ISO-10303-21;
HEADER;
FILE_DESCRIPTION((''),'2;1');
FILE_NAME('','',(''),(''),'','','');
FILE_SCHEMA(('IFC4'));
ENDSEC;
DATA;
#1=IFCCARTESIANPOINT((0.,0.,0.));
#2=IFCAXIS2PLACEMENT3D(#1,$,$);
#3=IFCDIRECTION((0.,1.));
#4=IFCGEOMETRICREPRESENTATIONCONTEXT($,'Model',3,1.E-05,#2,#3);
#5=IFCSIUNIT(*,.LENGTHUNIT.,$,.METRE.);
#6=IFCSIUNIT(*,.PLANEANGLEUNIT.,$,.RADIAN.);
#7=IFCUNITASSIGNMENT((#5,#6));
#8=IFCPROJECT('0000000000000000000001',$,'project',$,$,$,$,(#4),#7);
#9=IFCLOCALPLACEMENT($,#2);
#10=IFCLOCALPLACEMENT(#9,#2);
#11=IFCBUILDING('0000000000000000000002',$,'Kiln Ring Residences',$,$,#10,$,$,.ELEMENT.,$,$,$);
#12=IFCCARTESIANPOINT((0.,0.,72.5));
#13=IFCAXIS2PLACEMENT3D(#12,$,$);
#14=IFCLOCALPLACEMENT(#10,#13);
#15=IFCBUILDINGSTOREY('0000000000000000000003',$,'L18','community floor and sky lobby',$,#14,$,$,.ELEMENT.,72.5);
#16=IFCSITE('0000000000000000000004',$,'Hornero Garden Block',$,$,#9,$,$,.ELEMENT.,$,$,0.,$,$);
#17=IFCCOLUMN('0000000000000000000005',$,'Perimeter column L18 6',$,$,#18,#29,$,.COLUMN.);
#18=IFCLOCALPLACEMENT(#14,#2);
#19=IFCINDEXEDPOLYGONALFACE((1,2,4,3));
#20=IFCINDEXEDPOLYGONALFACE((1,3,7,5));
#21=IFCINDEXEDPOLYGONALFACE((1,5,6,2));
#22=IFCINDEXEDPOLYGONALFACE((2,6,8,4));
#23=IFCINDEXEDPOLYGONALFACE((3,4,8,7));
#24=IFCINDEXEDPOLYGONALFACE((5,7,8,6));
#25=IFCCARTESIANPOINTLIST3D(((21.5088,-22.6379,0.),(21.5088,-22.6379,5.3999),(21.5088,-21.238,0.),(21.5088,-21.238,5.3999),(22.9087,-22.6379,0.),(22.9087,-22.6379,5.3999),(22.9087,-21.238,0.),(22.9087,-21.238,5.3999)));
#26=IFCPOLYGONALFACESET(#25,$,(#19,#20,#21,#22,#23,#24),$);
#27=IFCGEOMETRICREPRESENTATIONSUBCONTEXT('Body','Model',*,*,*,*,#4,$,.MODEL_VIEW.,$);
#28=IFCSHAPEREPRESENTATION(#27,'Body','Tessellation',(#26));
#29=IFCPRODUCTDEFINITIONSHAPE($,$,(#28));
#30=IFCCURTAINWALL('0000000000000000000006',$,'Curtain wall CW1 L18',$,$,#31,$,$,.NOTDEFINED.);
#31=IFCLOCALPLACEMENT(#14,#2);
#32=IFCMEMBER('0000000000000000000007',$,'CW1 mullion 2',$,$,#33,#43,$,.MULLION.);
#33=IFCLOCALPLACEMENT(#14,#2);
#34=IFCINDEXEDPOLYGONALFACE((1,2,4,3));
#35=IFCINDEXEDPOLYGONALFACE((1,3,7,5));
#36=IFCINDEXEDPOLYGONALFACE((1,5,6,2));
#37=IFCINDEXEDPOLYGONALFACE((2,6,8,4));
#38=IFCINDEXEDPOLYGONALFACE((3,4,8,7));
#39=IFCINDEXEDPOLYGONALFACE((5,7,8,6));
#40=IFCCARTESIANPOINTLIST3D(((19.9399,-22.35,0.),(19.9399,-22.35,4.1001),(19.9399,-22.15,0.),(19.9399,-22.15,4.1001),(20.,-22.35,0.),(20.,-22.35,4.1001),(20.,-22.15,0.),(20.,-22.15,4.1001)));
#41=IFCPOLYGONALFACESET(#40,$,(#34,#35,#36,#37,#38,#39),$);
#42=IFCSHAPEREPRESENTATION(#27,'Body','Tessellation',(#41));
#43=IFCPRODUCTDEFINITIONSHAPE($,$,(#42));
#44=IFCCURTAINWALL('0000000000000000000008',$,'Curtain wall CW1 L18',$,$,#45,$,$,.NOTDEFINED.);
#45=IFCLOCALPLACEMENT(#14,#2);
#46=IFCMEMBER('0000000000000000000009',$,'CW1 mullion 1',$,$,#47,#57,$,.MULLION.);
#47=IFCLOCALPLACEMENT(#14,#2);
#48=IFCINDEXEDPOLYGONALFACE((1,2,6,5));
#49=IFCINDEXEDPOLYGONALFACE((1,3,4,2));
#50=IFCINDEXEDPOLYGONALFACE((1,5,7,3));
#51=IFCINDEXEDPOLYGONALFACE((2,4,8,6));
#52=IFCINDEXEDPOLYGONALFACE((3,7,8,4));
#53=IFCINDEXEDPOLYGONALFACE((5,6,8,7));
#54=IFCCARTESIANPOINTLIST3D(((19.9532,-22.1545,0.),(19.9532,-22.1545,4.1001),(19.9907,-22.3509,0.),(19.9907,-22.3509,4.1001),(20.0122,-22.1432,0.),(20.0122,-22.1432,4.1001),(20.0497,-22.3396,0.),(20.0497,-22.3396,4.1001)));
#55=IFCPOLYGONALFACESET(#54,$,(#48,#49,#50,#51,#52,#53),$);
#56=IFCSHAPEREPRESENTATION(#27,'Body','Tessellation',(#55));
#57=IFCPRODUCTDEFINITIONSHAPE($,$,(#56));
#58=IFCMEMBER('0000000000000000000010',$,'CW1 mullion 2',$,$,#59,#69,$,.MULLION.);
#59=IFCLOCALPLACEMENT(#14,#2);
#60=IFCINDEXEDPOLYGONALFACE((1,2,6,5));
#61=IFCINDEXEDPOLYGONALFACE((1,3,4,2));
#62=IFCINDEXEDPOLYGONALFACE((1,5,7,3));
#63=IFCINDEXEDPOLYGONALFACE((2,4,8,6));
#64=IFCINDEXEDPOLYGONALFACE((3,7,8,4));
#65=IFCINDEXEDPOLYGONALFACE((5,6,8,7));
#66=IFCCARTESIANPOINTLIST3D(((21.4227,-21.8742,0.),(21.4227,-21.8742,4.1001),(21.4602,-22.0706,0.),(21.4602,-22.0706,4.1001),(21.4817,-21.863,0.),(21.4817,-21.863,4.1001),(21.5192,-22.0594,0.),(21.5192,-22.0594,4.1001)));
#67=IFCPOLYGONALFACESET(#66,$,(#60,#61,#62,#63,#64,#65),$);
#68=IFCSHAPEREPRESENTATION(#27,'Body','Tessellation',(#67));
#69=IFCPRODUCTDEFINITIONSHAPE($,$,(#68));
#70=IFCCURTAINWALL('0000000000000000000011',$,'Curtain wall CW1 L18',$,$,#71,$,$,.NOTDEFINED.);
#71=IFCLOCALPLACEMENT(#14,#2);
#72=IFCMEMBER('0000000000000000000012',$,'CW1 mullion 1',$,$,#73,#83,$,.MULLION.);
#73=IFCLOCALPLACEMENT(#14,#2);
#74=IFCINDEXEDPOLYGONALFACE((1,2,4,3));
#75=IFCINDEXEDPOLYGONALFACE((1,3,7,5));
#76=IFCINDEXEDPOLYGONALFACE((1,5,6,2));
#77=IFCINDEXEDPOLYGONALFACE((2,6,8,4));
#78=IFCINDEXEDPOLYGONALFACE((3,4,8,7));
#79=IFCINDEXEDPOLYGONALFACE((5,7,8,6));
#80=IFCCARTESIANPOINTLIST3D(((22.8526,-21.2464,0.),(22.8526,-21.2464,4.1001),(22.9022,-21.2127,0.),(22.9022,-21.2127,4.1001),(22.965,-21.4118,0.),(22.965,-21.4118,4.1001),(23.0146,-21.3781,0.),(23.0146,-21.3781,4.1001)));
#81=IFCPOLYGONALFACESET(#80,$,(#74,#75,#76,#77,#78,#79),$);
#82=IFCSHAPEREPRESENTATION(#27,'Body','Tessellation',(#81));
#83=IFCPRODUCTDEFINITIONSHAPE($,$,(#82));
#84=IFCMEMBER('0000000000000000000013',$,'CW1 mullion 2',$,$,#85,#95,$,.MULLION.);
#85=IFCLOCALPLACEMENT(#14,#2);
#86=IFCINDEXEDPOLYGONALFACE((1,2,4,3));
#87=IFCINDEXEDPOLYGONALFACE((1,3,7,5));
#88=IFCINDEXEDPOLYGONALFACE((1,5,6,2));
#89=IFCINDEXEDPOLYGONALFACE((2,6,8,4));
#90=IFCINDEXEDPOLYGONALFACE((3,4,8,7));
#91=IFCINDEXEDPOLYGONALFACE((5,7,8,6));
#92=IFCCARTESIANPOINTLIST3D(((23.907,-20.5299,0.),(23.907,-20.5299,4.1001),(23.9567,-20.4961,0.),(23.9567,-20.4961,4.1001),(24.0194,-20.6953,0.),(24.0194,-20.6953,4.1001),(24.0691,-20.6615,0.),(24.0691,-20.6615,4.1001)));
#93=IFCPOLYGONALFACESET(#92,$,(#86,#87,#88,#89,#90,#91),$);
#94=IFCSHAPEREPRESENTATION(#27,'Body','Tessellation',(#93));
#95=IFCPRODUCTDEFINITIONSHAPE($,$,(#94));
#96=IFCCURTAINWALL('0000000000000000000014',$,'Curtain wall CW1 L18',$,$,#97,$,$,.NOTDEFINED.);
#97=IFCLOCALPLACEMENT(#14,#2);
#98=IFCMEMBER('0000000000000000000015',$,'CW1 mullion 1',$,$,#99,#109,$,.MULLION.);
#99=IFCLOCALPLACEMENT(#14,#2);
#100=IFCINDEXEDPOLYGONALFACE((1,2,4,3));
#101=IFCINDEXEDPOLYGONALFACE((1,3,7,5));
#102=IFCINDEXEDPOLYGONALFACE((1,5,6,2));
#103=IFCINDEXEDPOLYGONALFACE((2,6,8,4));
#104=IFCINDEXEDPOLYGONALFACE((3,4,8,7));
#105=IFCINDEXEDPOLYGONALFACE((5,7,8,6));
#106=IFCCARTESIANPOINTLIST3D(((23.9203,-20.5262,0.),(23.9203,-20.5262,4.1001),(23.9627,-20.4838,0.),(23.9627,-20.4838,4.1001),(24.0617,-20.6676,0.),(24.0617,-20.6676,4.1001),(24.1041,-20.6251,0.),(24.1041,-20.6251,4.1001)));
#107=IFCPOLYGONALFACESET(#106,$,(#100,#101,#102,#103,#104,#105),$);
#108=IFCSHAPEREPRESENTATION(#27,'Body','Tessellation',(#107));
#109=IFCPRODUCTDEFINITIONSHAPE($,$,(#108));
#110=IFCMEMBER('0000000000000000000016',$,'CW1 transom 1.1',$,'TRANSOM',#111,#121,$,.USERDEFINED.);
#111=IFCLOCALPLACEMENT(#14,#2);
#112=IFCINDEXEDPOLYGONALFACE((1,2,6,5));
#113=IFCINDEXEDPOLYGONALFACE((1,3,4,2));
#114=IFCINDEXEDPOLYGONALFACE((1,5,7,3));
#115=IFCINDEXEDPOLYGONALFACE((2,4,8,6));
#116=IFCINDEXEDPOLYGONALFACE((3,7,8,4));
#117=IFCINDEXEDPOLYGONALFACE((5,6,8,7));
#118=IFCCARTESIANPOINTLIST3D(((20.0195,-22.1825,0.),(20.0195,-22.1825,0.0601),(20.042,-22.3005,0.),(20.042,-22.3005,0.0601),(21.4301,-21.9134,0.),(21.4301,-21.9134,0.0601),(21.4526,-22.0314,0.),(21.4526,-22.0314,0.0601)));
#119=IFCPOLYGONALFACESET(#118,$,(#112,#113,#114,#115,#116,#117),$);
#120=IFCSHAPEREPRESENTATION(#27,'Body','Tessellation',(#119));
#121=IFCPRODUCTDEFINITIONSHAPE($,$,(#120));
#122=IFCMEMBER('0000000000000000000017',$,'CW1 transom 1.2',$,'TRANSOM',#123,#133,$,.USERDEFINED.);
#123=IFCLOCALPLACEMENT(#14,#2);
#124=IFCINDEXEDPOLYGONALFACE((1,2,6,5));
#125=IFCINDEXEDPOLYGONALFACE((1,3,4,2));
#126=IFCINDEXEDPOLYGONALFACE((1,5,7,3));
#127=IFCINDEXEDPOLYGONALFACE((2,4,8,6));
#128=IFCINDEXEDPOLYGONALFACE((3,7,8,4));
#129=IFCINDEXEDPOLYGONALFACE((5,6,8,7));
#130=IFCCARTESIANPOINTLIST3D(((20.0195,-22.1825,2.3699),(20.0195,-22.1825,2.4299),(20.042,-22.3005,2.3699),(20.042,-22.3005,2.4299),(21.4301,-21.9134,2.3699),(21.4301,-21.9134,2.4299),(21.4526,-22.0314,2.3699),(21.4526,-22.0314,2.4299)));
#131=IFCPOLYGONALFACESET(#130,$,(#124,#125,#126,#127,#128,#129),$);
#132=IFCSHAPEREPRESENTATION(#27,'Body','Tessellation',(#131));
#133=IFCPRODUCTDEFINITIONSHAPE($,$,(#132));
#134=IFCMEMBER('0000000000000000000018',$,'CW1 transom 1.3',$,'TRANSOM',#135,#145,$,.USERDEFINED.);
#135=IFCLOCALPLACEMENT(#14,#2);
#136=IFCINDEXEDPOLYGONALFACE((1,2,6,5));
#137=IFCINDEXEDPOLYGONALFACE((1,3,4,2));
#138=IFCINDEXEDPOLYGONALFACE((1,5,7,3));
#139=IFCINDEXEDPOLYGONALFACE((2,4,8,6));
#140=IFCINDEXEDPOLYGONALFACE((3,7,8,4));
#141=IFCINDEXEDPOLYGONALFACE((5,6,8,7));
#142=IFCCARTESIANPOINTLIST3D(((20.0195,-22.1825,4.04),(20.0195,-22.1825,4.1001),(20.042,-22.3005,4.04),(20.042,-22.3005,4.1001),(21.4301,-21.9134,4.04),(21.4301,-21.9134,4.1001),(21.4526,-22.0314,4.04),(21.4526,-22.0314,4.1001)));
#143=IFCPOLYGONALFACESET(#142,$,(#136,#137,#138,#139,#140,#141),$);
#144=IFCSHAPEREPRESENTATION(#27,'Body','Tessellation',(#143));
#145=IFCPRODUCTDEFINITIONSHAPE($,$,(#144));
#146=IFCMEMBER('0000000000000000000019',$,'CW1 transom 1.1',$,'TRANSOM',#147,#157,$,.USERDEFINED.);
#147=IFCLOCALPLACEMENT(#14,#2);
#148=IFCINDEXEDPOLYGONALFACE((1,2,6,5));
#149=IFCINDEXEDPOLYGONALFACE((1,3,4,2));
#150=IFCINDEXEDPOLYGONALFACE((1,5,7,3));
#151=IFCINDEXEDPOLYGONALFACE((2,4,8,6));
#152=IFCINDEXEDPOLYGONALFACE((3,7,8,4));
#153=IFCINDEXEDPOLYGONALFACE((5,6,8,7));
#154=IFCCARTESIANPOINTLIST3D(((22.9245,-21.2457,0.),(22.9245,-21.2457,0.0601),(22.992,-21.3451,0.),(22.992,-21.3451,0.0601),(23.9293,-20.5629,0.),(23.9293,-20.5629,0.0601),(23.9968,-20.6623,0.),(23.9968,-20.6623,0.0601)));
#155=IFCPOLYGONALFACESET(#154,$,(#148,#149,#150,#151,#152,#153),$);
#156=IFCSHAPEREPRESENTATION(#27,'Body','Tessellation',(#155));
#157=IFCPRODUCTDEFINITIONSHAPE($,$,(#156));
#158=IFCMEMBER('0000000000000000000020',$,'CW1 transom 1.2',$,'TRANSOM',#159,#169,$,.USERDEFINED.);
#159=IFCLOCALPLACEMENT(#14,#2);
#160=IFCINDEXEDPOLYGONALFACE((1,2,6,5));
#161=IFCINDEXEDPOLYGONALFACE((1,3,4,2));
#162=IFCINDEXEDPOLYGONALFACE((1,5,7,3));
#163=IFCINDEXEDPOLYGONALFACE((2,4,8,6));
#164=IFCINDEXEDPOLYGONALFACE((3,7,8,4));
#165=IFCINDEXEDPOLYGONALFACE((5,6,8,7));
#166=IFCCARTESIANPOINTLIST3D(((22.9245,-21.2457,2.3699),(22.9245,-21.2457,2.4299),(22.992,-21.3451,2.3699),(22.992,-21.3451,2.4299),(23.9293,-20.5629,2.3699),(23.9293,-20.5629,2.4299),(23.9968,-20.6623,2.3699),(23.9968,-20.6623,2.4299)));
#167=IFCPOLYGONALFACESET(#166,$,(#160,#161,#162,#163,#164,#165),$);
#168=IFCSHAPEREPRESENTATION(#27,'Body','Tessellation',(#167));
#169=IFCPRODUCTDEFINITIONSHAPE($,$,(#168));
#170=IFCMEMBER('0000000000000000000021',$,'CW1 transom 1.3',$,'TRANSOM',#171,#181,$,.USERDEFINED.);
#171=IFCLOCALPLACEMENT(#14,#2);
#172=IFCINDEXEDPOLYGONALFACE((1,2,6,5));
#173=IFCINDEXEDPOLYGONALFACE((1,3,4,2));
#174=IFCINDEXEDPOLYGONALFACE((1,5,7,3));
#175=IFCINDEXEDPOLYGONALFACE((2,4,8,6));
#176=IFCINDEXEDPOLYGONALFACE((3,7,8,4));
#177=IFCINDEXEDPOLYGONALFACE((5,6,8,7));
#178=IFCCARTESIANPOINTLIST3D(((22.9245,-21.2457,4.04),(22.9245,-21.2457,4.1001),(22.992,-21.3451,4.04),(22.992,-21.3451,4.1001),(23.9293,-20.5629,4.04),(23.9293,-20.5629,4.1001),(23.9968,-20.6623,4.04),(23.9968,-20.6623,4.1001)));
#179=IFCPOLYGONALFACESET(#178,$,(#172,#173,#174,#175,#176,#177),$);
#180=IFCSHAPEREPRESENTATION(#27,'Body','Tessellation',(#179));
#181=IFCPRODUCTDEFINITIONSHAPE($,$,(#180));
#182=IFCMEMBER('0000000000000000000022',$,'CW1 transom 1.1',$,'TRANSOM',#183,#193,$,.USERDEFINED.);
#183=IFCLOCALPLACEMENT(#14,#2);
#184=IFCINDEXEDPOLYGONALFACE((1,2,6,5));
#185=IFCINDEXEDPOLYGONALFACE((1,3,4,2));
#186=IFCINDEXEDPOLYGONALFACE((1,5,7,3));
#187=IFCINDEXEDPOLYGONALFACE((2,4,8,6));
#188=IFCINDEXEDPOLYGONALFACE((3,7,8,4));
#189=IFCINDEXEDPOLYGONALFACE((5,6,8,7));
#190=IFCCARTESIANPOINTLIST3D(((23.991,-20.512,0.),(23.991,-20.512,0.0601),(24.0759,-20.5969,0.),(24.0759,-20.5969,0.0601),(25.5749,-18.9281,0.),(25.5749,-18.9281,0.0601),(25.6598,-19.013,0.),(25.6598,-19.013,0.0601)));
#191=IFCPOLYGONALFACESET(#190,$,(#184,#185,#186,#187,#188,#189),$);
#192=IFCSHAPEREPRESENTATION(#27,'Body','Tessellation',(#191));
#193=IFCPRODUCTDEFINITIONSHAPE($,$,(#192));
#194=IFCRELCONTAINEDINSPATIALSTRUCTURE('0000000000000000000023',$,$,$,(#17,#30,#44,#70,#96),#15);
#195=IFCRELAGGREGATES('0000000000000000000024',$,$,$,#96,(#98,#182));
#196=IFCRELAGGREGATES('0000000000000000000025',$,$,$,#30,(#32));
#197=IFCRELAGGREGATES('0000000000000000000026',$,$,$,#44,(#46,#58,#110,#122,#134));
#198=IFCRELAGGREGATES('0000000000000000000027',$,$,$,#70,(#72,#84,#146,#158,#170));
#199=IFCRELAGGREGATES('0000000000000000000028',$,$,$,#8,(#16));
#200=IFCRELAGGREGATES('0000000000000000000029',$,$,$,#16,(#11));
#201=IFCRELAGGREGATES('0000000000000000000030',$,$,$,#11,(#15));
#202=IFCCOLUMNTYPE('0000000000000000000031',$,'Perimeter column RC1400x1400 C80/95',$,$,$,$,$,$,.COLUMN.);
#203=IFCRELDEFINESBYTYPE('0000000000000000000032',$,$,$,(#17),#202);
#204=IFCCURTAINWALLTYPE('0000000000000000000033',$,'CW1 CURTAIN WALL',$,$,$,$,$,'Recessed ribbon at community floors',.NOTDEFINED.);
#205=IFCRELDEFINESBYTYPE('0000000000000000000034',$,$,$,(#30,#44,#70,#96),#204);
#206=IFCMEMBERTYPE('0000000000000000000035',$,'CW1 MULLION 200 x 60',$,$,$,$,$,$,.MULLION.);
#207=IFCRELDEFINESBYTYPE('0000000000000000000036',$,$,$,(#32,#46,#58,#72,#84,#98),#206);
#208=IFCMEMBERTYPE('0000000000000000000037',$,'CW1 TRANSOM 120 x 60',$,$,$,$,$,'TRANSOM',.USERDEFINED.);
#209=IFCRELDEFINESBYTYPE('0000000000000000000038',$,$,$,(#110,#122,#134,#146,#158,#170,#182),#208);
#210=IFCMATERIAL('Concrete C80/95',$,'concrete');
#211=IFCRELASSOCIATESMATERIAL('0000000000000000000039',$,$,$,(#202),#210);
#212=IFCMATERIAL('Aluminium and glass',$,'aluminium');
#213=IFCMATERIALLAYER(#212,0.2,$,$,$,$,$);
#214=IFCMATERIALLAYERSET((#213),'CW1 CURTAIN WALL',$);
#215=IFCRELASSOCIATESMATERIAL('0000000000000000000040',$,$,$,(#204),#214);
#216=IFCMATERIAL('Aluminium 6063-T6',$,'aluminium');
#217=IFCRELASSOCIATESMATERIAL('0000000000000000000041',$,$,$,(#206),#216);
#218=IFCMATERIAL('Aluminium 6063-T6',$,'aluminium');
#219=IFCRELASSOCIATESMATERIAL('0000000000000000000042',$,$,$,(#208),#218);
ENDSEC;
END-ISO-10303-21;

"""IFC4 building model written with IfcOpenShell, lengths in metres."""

from ifc_helpers import new_model, si_unit, direction, frame, origin, origin_2d, place, context, subcontext, project, spatial, rectangle, extrude, material, layer, layer_set, material_profile, profile_set, type_object, element, aggregate, save


model = new_model("IFC4")

# Units and contexts
model_context = context("Model", 3, precision=1e-05, world=origin(), true_north=direction((0.0, 1.0)))
body_context = subcontext(model_context, "Body", "Model", "MODEL_VIEW")
ifc_project = project(units=[si_unit("LENGTHUNIT", "METRE"), si_unit("PLANEANGLEUNIT", "RADIAN")], contexts=[model_context])

# Site, building, storey
site_placement = place(None, origin())
site = spatial("IfcSite", under=ifc_project, at=site_placement, Name="Hornero Garden Block", CompositionType="ELEMENT", RefElevation=0.0)
building_placement = place(site_placement, origin())
building = spatial("IfcBuilding", under=site, at=building_placement, Name="Kiln Ring Residences", CompositionType="ELEMENT")
storey_placement = place(building_placement, frame((0.0, 0.0, 72.5)))
storey = spatial("IfcBuildingStorey", under=building, at=storey_placement, Name="L18", Description="community floor and sky lobby", CompositionType="ELEMENT", Elevation=72.5)

# Column
ifc_material_1 = material(Name="Concrete C80/95", Category="concrete")
ifc_material_profile_1 = material_profile(ifc_material_1, rectangle(XDim=1.3999, YDim=1.3999, at=origin_2d()), Name="RC1400x1400")
ifc_profile_set_1 = profile_set([ifc_material_profile_1], Name="Concrete C80/95")
column_type = type_object("IfcColumnType", Name="Perimeter column RC1400x1400 C80/95", PredefinedType="COLUMN", material=ifc_profile_set_1)
column_placement = place(storey_placement, frame((22.2087, -21.938, 0.0), z_axis=(0.0, 0.0, 1.0), x_axis=(1.0, 0.0, 0.0)))
element("IfcColumn", 1, at=column_placement, inside=storey, type_object=column_type, Name="Perimeter column L18 6", PredefinedType="COLUMN", context=body_context, shape_type="SweptSolid", body=[
    extrude(rectangle(XDim=1.3999, YDim=1.3999, at=origin_2d()), origin(), (0.0, 0.0, 1.0), 5.3999),
])

# Curtain wall, member
ifc_material_2 = material(Name="Aluminium and glass", Category="aluminium")
ifc_layer_1 = layer(ifc_material_2, 0.2)
ifc_layer_set_1 = layer_set([ifc_layer_1], Name="CW1 CURTAIN WALL")
curtain_wall_type = type_object("IfcCurtainWallType", Name="CW1 CURTAIN WALL", ElementType="Recessed ribbon at community floors", PredefinedType="NOTDEFINED", material=ifc_layer_set_1)
placement = place(storey_placement, origin())
curtain_wall_1 = element("IfcCurtainWall", 2, at=placement, inside=storey, type_object=curtain_wall_type, Name="Curtain wall CW1 L18", PredefinedType="NOTDEFINED")
ifc_material_3 = material(Name="Aluminium 6063-T6", Category="aluminium")
ifc_material_profile_2 = material_profile(ifc_material_3, rectangle(XDim=0.2, YDim=0.0601, at=origin_2d()), Name="AL 200x60")
ifc_profile_set_2 = profile_set([ifc_material_profile_2], Name="Aluminium 6063-T6")
member_type_1 = type_object("IfcMemberType", Name="CW1 MULLION 200 x 60", PredefinedType="MULLION", material=ifc_profile_set_2)
member_1_placement = place(storey_placement, frame((19.97, -22.25, 0.0), z_axis=(0.0, 0.0, 1.0), x_axis=(0.0, 1.0, 0.0)))
member_1 = element("IfcMember", 3, at=member_1_placement, type_object=member_type_1, Name="CW1 mullion 2", PredefinedType="MULLION", context=body_context, shape_type="SweptSolid", body=[
    extrude(rectangle(XDim=0.2, YDim=0.0601, at=origin_2d()), origin(), (0.0, 0.0, 1.0), 4.1001),
])

# Curtain walls, members
curtain_wall_2 = element("IfcCurtainWall", 4, at=placement, inside=storey, type_object=curtain_wall_type, Name="Curtain wall CW1 L18", PredefinedType="NOTDEFINED")
member_2_placement = place(storey_placement, frame((20.0015, -22.2471, 0.0), z_axis=(0.0, 0.0, 1.0), x_axis=(-0.187366, 0.98229, 0.0)))
member_2 = element("IfcMember", 5, at=member_2_placement, type_object=member_type_1, Name="CW1 mullion 1", PredefinedType="MULLION", context=body_context, shape_type="SweptSolid", body=[
    extrude(rectangle(XDim=0.2, YDim=0.0601, at=origin_2d()), origin(), (0.0, 0.0, 1.0), 4.1001),
])
member_3_placement = place(storey_placement, frame((21.4709, -21.9668, 0.0), z_axis=(0.0, 0.0, 1.0), x_axis=(-0.187366, 0.98229, 0.0)))
member_3 = element("IfcMember", 6, at=member_3_placement, type_object=member_type_1, Name="CW1 mullion 2", PredefinedType="MULLION", context=body_context, shape_type="SweptSolid", body=[
    extrude(rectangle(XDim=0.2, YDim=0.0601, at=origin_2d()), origin(), (0.0, 0.0, 1.0), 4.1001),
])
curtain_wall_3 = element("IfcCurtainWall", 7, at=placement, inside=storey, type_object=curtain_wall_type, Name="Curtain wall CW1 L18", PredefinedType="NOTDEFINED")
member_4_placement = place(storey_placement, frame((22.9336, -21.3123, 0.0), z_axis=(0.0, 0.0, 1.0), x_axis=(-0.562097, 0.827072, 0.0)))
member_4 = element("IfcMember", 8, at=member_4_placement, type_object=member_type_1, Name="CW1 mullion 1", PredefinedType="MULLION", context=body_context, shape_type="SweptSolid", body=[
    extrude(rectangle(XDim=0.2, YDim=0.0601, at=origin_2d()), origin(), (0.0, 0.0, 1.0), 4.1001),
])
member_5_placement = place(storey_placement, frame((23.988, -20.5957, 0.0), z_axis=(0.0, 0.0, 1.0), x_axis=(-0.562097, 0.827072, 0.0)))
member_5 = element("IfcMember", 9, at=member_5_placement, type_object=member_type_1, Name="CW1 mullion 2", PredefinedType="MULLION", context=body_context, shape_type="SweptSolid", body=[
    extrude(rectangle(XDim=0.2, YDim=0.0601, at=origin_2d()), origin(), (0.0, 0.0, 1.0), 4.1001),
])

# Curtain wall, member
curtain_wall_4 = element("IfcCurtainWall", 10, at=placement, inside=storey, type_object=curtain_wall_type, Name="Curtain wall CW1 L18", PredefinedType="NOTDEFINED")
member_6_placement = place(storey_placement, frame((24.0122, -20.5757, 0.0), z_axis=(0.0, 0.0, 1.0), x_axis=(-0.707107, 0.707107, 0.0)))
member_6 = element("IfcMember", 11, at=member_6_placement, type_object=member_type_1, Name="CW1 mullion 1", PredefinedType="MULLION", context=body_context, shape_type="SweptSolid", body=[
    extrude(rectangle(XDim=0.2, YDim=0.0601, at=origin_2d()), origin(), (0.0, 0.0, 1.0), 4.1001),
])

# Members
ifc_material_4 = material(Name="Aluminium 6063-T6", Category="aluminium")
ifc_material_profile_3 = material_profile(ifc_material_4, rectangle(XDim=0.1201, YDim=0.0601, at=origin_2d()), Name="AL 120x60")
ifc_profile_set_3 = profile_set([ifc_material_profile_3], Name="Aluminium 6063-T6")
member_type_2 = type_object("IfcMemberType", Name="CW1 TRANSOM 120 x 60", ElementType="TRANSOM", PredefinedType="USERDEFINED", material=ifc_profile_set_3)
member_7_placement = place(storey_placement, frame((20.0308, -22.2415, 0.03), z_axis=(0.982294, 0.187346, 0.0), x_axis=(-0.187346, 0.982294, 0.0)))
member_7 = element("IfcMember", 12, at=member_7_placement, type_object=member_type_2, Name="CW1 transom 1.1", ObjectType="TRANSOM", PredefinedType="USERDEFINED", context=body_context, shape_type="SweptSolid", body=[
    extrude(rectangle(XDim=0.1201, YDim=0.0601, at=origin_2d()), origin(), (0.0, 0.0, 1.0), 1.436),
])
member_8_placement = place(storey_placement, frame((20.0308, -22.2415, 2.3999), z_axis=(0.982294, 0.187346, 0.0), x_axis=(-0.187346, 0.982294, 0.0)))
member_8 = element("IfcMember", 13, at=member_8_placement, type_object=member_type_2, Name="CW1 transom 1.2", ObjectType="TRANSOM", PredefinedType="USERDEFINED", context=body_context, shape_type="SweptSolid", body=[
    extrude(rectangle(XDim=0.1201, YDim=0.0601, at=origin_2d()), origin(), (0.0, 0.0, 1.0), 1.436),
])
member_9_placement = place(storey_placement, frame((20.0308, -22.2415, 4.0701), z_axis=(0.982294, 0.187346, 0.0), x_axis=(-0.187346, 0.982294, 0.0)))
member_9 = element("IfcMember", 14, at=member_9_placement, type_object=member_type_2, Name="CW1 transom 1.3", ObjectType="TRANSOM", PredefinedType="USERDEFINED", context=body_context, shape_type="SweptSolid", body=[
    extrude(rectangle(XDim=0.1201, YDim=0.0601, at=origin_2d()), origin(), (0.0, 0.0, 1.0), 1.436),
])
member_10_placement = place(storey_placement, frame((22.9583, -21.2954, 0.03), z_axis=(0.827102, 0.562052, 0.0), x_axis=(-0.562052, 0.827102, 0.0)))
member_10 = element("IfcMember", 15, at=member_10_placement, type_object=member_type_2, Name="CW1 transom 1.1", ObjectType="TRANSOM", PredefinedType="USERDEFINED", context=body_context, shape_type="SweptSolid", body=[
    extrude(rectangle(XDim=0.1201, YDim=0.0601, at=origin_2d()), origin(), (0.0, 0.0, 1.0), 1.2148),
])
member_11_placement = place(storey_placement, frame((22.9583, -21.2954, 2.3999), z_axis=(0.827102, 0.562052, 0.0), x_axis=(-0.562052, 0.827102, 0.0)))
member_11 = element("IfcMember", 16, at=member_11_placement, type_object=member_type_2, Name="CW1 transom 1.2", ObjectType="TRANSOM", PredefinedType="USERDEFINED", context=body_context, shape_type="SweptSolid", body=[
    extrude(rectangle(XDim=0.1201, YDim=0.0601, at=origin_2d()), origin(), (0.0, 0.0, 1.0), 1.2148),
])
member_12_placement = place(storey_placement, frame((22.9583, -21.2954, 4.0701), z_axis=(0.827102, 0.562052, 0.0), x_axis=(-0.562052, 0.827102, 0.0)))
member_12 = element("IfcMember", 17, at=member_12_placement, type_object=member_type_2, Name="CW1 transom 1.3", ObjectType="TRANSOM", PredefinedType="USERDEFINED", context=body_context, shape_type="SweptSolid", body=[
    extrude(rectangle(XDim=0.1201, YDim=0.0601, at=origin_2d()), origin(), (0.0, 0.0, 1.0), 1.2148),
])
member_13_placement = place(storey_placement, frame((24.0334, -20.5544, 0.03), z_axis=(0.707107, 0.707107, 0.0), x_axis=(-0.707107, 0.707107, 0.0)))
member_13 = element("IfcMember", 18, at=member_13_placement, type_object=member_type_2, Name="CW1 transom 1.1", ObjectType="TRANSOM", PredefinedType="USERDEFINED", context=body_context, shape_type="SweptSolid", body=[
    extrude(rectangle(XDim=0.1201, YDim=0.0601, at=origin_2d()), origin(), (0.0, 0.0, 1.0), 2.24),
])
aggregate(curtain_wall_4, [member_6, member_13])

aggregate(curtain_wall_1, [member_1])
aggregate(curtain_wall_2, [member_2, member_3, member_7, member_8, member_9])
aggregate(curtain_wall_3, [member_4, member_5, member_10, member_11, member_12])

save(model, "model.ifc")
